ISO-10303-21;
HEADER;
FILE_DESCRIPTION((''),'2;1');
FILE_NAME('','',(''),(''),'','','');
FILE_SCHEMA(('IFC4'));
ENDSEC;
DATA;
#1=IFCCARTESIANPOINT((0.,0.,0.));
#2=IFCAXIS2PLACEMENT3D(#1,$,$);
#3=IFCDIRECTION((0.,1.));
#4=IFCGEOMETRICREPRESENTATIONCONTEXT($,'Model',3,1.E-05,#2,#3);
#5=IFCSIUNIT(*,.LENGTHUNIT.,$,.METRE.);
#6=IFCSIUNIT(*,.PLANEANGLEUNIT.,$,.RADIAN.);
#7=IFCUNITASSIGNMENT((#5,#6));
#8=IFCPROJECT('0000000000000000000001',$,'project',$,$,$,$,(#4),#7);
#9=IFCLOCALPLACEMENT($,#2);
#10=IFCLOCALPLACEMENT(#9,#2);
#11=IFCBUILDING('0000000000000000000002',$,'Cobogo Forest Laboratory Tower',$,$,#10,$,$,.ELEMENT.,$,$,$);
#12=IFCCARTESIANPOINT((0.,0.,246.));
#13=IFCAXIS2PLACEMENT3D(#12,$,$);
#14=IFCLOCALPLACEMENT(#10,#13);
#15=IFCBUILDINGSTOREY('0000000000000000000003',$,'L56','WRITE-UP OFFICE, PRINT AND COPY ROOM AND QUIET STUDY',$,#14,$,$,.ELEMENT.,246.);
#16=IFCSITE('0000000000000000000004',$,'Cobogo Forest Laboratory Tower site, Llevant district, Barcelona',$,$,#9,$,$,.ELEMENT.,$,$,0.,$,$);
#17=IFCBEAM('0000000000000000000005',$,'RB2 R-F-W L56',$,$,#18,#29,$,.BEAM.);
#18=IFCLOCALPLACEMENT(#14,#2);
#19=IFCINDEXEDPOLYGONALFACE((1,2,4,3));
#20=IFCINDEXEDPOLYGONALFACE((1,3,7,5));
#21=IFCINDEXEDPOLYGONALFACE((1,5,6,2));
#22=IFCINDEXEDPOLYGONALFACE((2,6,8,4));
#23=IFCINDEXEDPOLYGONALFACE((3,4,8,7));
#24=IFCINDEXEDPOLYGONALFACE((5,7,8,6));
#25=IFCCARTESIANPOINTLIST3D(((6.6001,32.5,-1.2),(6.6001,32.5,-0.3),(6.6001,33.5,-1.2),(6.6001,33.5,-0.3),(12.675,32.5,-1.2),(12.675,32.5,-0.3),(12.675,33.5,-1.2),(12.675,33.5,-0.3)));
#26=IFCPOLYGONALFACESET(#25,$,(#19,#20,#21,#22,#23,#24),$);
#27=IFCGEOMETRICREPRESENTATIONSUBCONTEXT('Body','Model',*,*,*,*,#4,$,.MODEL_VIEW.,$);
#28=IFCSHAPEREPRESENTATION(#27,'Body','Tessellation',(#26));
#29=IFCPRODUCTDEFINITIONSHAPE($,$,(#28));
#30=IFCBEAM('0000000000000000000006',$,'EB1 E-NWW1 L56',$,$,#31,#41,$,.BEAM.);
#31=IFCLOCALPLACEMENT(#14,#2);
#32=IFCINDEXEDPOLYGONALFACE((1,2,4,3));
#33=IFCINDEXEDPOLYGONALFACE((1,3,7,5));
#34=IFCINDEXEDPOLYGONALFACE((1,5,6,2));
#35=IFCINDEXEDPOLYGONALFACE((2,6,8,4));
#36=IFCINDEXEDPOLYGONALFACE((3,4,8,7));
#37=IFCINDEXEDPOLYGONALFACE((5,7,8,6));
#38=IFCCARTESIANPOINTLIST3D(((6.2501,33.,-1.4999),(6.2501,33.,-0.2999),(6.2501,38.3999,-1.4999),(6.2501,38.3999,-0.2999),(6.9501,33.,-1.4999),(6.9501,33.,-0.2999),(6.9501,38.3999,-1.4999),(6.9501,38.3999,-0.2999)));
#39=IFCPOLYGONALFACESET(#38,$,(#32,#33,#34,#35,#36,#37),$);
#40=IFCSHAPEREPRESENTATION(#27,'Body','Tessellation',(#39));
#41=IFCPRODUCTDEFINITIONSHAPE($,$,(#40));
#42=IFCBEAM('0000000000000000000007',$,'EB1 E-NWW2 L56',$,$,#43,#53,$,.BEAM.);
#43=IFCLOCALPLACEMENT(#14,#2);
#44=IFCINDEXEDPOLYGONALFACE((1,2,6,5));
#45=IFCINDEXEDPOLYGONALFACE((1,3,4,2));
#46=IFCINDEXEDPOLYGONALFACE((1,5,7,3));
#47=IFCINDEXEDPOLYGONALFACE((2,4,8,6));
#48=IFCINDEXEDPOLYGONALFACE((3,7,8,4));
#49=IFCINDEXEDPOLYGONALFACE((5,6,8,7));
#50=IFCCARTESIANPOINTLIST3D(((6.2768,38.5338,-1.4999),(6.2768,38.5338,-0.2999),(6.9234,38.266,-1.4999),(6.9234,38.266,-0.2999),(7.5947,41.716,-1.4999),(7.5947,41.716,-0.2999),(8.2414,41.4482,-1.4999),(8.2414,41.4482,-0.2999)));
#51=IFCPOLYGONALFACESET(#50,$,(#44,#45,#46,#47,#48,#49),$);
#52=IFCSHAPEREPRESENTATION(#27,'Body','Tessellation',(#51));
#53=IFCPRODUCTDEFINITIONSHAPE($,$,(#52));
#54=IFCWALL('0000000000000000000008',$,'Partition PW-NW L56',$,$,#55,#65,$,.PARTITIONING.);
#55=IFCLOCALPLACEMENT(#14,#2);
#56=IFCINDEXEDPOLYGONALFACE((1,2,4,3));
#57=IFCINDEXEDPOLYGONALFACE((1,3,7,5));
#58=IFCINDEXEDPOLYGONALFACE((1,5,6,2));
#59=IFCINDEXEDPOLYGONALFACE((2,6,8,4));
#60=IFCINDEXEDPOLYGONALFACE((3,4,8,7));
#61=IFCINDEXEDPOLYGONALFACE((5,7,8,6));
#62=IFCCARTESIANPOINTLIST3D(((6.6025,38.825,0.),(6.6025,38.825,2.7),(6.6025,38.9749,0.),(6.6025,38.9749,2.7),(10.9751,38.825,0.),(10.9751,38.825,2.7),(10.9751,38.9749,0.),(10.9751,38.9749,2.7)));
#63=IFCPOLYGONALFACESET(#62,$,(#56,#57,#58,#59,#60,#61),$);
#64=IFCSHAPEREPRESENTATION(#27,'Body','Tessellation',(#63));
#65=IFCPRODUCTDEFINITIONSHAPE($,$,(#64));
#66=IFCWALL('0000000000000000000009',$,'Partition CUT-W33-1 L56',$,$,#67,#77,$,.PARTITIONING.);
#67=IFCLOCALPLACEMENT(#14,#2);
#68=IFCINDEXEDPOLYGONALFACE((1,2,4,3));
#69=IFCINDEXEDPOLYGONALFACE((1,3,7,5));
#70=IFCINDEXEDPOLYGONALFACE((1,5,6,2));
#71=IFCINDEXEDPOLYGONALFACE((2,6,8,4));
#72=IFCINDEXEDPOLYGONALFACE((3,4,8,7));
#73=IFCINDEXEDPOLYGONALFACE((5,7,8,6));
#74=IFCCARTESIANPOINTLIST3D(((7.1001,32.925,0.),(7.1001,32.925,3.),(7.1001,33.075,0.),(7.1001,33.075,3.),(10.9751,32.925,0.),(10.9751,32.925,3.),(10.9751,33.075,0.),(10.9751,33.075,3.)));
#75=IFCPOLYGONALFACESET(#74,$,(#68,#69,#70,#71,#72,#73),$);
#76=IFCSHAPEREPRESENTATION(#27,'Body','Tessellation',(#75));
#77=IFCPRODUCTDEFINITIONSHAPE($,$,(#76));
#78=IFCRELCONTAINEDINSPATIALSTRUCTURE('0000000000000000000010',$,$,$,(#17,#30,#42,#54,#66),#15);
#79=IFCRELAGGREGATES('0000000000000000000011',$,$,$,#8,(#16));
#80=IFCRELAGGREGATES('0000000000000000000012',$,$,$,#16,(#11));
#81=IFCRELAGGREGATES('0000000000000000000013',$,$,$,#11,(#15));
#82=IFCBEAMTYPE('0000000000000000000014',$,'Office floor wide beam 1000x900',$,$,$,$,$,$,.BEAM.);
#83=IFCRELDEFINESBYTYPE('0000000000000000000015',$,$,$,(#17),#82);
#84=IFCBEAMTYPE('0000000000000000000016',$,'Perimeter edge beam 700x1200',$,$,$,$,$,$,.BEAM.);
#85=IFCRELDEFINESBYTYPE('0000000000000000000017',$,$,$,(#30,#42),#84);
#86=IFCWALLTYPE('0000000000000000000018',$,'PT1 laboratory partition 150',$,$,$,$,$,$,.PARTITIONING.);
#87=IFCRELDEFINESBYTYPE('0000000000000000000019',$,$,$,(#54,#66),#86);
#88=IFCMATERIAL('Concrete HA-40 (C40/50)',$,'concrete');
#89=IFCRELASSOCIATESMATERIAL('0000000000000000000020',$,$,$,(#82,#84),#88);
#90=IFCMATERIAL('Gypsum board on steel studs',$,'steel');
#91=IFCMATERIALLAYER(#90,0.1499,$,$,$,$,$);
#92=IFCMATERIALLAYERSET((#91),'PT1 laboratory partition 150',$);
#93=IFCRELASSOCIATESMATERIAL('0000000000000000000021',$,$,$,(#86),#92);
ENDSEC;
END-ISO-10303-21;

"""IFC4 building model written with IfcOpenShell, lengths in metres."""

from ifc_helpers import new_model, si_unit, direction, frame, frame_2d, origin, origin_2d, place, context, subcontext, project, spatial, rectangle, extrude, material, layer, layer_set, material_profile, profile_set, type_object, element, save


model = new_model("IFC4")

# Units and contexts
model_context = context("Model", 3, precision=1e-05, world=origin(), true_north=direction((0.0, 1.0)))
body_context = subcontext(model_context, "Body", "Model", "MODEL_VIEW")
ifc_project = project(units=[si_unit("LENGTHUNIT", "METRE"), si_unit("PLANEANGLEUNIT", "RADIAN")], contexts=[model_context])

# Site, building, storey
site_placement = place(None, origin())
site = spatial("IfcSite", under=ifc_project, at=site_placement, Name="Cobogo Forest Laboratory Tower site, Llevant district, Barcelona", CompositionType="ELEMENT", RefElevation=0.0)
building_placement = place(site_placement, origin())
building = spatial("IfcBuilding", under=site, at=building_placement, Name="Cobogo Forest Laboratory Tower", CompositionType="ELEMENT")
storey_placement = place(building_placement, frame((0.0, 0.0, 246.0)))
storey = spatial("IfcBuildingStorey", under=building, at=storey_placement, Name="L56", Description="WRITE-UP OFFICE, PRINT AND COPY ROOM AND QUIET STUDY", CompositionType="ELEMENT", Elevation=246.0)

# Beams
ifc_material_1 = material(Name="Concrete HA-40 (C40/50)", Category="concrete")
ifc_material_profile_1 = material_profile(ifc_material_1, rectangle(XDim=1.0, YDim=0.8999, at=origin_2d()), Name="RC 1000x900")
ifc_profile_set_1 = profile_set([ifc_material_profile_1], Name="Concrete HA-40 (C40/50)")
beam_type_1 = type_object("IfcBeamType", Name="Office floor wide beam 1000x900", PredefinedType="BEAM", material=ifc_profile_set_1)
beam_1_placement = place(storey_placement, frame((12.675, 33.0, -0.75), z_axis=(-1.0, 0.0, 0.0), x_axis=(0.0, -1.0, 0.0)))
element("IfcBeam", 1, at=beam_1_placement, inside=storey, type_object=beam_type_1, Name="RB2 R-F-W L56", PredefinedType="BEAM", context=body_context, shape_type="SweptSolid", body=[
    extrude(rectangle(XDim=1.0, YDim=0.8999, at=origin_2d()), origin(), (0.0, 0.0, 1.0), 6.075),
])
ifc_material_profile_2 = material_profile(ifc_material_1, rectangle(XDim=0.7, YDim=1.2, at=origin_2d()), Name="RC 700x1200")
ifc_profile_set_2 = profile_set([ifc_material_profile_2], Name="Concrete HA-40 (C40/50)")
beam_type_2 = type_object("IfcBeamType", Name="Perimeter edge beam 700x1200", PredefinedType="BEAM", material=ifc_profile_set_2)
beam_2_placement = place(storey_placement, frame((6.6001, 33.0, -0.8999), z_axis=(0.0, 1.0, 0.0), x_axis=(-1.0, 0.0, 0.0)))
element("IfcBeam", 2, at=beam_2_placement, inside=storey, type_object=beam_type_2, Name="EB1 E-NWW1 L56", PredefinedType="BEAM", context=body_context, shape_type="SweptSolid", body=[
    extrude(rectangle(XDim=0.7, YDim=1.2, at=origin_2d()), origin(), (0.0, 0.0, 1.0), 5.3999),
])
beam_3_placement = place(storey_placement, frame((6.6001, 38.3999, -0.8999), z_axis=(0.382631, 0.923901, 0.0), x_axis=(-0.923901, 0.382631, 0.0)))
element("IfcBeam", 3, at=beam_3_placement, inside=storey, type_object=beam_type_2, Name="EB1 E-NWW2 L56", PredefinedType="BEAM", context=body_context, shape_type="SweptSolid", body=[
    extrude(rectangle(XDim=0.7, YDim=1.2, at=origin_2d()), origin(), (0.0, 0.0, 1.0), 3.4443),
])

# Walls
ifc_material_2 = material(Name="Gypsum board on steel studs", Category="steel")
ifc_layer_1 = layer(ifc_material_2, 0.1499)
ifc_layer_set_1 = layer_set([ifc_layer_1], Name="PT1 laboratory partition 150")
wall_type_1 = type_object("IfcWallType", Name="PT1 laboratory partition 150", PredefinedType="PARTITIONING", material=ifc_layer_set_1)
wall_1_placement = place(storey_placement, frame((6.6025, 38.8999, 0.0), z_axis=(0.0, 0.0, 1.0), x_axis=(1.0, 0.0, 0.0)))
element("IfcWall", 4, at=wall_1_placement, inside=storey, type_object=wall_type_1, Name="Partition PW-NW L56", PredefinedType="PARTITIONING", context=body_context, shape_type="SweptSolid", body=[
    extrude(rectangle(XDim=4.3726, YDim=0.1499, at=frame_2d((2.1863, 0.0))), origin(), (0.0, 0.0, 1.0), 2.7),
])
wall_2_placement = place(storey_placement, frame((7.1001, 33.0, 0.0), z_axis=(0.0, 0.0, 1.0), x_axis=(1.0, 0.0, 0.0)))
element("IfcWall", 5, at=wall_2_placement, inside=storey, type_object=wall_type_1, Name="Partition CUT-W33-1 L56", PredefinedType="PARTITIONING", context=body_context, shape_type="SweptSolid", body=[
    extrude(rectangle(XDim=3.875, YDim=0.1499, at=frame_2d((1.9375, 0.0))), origin(), (0.0, 0.0, 1.0), 3.0),
])

save(model, "model.ifc")
